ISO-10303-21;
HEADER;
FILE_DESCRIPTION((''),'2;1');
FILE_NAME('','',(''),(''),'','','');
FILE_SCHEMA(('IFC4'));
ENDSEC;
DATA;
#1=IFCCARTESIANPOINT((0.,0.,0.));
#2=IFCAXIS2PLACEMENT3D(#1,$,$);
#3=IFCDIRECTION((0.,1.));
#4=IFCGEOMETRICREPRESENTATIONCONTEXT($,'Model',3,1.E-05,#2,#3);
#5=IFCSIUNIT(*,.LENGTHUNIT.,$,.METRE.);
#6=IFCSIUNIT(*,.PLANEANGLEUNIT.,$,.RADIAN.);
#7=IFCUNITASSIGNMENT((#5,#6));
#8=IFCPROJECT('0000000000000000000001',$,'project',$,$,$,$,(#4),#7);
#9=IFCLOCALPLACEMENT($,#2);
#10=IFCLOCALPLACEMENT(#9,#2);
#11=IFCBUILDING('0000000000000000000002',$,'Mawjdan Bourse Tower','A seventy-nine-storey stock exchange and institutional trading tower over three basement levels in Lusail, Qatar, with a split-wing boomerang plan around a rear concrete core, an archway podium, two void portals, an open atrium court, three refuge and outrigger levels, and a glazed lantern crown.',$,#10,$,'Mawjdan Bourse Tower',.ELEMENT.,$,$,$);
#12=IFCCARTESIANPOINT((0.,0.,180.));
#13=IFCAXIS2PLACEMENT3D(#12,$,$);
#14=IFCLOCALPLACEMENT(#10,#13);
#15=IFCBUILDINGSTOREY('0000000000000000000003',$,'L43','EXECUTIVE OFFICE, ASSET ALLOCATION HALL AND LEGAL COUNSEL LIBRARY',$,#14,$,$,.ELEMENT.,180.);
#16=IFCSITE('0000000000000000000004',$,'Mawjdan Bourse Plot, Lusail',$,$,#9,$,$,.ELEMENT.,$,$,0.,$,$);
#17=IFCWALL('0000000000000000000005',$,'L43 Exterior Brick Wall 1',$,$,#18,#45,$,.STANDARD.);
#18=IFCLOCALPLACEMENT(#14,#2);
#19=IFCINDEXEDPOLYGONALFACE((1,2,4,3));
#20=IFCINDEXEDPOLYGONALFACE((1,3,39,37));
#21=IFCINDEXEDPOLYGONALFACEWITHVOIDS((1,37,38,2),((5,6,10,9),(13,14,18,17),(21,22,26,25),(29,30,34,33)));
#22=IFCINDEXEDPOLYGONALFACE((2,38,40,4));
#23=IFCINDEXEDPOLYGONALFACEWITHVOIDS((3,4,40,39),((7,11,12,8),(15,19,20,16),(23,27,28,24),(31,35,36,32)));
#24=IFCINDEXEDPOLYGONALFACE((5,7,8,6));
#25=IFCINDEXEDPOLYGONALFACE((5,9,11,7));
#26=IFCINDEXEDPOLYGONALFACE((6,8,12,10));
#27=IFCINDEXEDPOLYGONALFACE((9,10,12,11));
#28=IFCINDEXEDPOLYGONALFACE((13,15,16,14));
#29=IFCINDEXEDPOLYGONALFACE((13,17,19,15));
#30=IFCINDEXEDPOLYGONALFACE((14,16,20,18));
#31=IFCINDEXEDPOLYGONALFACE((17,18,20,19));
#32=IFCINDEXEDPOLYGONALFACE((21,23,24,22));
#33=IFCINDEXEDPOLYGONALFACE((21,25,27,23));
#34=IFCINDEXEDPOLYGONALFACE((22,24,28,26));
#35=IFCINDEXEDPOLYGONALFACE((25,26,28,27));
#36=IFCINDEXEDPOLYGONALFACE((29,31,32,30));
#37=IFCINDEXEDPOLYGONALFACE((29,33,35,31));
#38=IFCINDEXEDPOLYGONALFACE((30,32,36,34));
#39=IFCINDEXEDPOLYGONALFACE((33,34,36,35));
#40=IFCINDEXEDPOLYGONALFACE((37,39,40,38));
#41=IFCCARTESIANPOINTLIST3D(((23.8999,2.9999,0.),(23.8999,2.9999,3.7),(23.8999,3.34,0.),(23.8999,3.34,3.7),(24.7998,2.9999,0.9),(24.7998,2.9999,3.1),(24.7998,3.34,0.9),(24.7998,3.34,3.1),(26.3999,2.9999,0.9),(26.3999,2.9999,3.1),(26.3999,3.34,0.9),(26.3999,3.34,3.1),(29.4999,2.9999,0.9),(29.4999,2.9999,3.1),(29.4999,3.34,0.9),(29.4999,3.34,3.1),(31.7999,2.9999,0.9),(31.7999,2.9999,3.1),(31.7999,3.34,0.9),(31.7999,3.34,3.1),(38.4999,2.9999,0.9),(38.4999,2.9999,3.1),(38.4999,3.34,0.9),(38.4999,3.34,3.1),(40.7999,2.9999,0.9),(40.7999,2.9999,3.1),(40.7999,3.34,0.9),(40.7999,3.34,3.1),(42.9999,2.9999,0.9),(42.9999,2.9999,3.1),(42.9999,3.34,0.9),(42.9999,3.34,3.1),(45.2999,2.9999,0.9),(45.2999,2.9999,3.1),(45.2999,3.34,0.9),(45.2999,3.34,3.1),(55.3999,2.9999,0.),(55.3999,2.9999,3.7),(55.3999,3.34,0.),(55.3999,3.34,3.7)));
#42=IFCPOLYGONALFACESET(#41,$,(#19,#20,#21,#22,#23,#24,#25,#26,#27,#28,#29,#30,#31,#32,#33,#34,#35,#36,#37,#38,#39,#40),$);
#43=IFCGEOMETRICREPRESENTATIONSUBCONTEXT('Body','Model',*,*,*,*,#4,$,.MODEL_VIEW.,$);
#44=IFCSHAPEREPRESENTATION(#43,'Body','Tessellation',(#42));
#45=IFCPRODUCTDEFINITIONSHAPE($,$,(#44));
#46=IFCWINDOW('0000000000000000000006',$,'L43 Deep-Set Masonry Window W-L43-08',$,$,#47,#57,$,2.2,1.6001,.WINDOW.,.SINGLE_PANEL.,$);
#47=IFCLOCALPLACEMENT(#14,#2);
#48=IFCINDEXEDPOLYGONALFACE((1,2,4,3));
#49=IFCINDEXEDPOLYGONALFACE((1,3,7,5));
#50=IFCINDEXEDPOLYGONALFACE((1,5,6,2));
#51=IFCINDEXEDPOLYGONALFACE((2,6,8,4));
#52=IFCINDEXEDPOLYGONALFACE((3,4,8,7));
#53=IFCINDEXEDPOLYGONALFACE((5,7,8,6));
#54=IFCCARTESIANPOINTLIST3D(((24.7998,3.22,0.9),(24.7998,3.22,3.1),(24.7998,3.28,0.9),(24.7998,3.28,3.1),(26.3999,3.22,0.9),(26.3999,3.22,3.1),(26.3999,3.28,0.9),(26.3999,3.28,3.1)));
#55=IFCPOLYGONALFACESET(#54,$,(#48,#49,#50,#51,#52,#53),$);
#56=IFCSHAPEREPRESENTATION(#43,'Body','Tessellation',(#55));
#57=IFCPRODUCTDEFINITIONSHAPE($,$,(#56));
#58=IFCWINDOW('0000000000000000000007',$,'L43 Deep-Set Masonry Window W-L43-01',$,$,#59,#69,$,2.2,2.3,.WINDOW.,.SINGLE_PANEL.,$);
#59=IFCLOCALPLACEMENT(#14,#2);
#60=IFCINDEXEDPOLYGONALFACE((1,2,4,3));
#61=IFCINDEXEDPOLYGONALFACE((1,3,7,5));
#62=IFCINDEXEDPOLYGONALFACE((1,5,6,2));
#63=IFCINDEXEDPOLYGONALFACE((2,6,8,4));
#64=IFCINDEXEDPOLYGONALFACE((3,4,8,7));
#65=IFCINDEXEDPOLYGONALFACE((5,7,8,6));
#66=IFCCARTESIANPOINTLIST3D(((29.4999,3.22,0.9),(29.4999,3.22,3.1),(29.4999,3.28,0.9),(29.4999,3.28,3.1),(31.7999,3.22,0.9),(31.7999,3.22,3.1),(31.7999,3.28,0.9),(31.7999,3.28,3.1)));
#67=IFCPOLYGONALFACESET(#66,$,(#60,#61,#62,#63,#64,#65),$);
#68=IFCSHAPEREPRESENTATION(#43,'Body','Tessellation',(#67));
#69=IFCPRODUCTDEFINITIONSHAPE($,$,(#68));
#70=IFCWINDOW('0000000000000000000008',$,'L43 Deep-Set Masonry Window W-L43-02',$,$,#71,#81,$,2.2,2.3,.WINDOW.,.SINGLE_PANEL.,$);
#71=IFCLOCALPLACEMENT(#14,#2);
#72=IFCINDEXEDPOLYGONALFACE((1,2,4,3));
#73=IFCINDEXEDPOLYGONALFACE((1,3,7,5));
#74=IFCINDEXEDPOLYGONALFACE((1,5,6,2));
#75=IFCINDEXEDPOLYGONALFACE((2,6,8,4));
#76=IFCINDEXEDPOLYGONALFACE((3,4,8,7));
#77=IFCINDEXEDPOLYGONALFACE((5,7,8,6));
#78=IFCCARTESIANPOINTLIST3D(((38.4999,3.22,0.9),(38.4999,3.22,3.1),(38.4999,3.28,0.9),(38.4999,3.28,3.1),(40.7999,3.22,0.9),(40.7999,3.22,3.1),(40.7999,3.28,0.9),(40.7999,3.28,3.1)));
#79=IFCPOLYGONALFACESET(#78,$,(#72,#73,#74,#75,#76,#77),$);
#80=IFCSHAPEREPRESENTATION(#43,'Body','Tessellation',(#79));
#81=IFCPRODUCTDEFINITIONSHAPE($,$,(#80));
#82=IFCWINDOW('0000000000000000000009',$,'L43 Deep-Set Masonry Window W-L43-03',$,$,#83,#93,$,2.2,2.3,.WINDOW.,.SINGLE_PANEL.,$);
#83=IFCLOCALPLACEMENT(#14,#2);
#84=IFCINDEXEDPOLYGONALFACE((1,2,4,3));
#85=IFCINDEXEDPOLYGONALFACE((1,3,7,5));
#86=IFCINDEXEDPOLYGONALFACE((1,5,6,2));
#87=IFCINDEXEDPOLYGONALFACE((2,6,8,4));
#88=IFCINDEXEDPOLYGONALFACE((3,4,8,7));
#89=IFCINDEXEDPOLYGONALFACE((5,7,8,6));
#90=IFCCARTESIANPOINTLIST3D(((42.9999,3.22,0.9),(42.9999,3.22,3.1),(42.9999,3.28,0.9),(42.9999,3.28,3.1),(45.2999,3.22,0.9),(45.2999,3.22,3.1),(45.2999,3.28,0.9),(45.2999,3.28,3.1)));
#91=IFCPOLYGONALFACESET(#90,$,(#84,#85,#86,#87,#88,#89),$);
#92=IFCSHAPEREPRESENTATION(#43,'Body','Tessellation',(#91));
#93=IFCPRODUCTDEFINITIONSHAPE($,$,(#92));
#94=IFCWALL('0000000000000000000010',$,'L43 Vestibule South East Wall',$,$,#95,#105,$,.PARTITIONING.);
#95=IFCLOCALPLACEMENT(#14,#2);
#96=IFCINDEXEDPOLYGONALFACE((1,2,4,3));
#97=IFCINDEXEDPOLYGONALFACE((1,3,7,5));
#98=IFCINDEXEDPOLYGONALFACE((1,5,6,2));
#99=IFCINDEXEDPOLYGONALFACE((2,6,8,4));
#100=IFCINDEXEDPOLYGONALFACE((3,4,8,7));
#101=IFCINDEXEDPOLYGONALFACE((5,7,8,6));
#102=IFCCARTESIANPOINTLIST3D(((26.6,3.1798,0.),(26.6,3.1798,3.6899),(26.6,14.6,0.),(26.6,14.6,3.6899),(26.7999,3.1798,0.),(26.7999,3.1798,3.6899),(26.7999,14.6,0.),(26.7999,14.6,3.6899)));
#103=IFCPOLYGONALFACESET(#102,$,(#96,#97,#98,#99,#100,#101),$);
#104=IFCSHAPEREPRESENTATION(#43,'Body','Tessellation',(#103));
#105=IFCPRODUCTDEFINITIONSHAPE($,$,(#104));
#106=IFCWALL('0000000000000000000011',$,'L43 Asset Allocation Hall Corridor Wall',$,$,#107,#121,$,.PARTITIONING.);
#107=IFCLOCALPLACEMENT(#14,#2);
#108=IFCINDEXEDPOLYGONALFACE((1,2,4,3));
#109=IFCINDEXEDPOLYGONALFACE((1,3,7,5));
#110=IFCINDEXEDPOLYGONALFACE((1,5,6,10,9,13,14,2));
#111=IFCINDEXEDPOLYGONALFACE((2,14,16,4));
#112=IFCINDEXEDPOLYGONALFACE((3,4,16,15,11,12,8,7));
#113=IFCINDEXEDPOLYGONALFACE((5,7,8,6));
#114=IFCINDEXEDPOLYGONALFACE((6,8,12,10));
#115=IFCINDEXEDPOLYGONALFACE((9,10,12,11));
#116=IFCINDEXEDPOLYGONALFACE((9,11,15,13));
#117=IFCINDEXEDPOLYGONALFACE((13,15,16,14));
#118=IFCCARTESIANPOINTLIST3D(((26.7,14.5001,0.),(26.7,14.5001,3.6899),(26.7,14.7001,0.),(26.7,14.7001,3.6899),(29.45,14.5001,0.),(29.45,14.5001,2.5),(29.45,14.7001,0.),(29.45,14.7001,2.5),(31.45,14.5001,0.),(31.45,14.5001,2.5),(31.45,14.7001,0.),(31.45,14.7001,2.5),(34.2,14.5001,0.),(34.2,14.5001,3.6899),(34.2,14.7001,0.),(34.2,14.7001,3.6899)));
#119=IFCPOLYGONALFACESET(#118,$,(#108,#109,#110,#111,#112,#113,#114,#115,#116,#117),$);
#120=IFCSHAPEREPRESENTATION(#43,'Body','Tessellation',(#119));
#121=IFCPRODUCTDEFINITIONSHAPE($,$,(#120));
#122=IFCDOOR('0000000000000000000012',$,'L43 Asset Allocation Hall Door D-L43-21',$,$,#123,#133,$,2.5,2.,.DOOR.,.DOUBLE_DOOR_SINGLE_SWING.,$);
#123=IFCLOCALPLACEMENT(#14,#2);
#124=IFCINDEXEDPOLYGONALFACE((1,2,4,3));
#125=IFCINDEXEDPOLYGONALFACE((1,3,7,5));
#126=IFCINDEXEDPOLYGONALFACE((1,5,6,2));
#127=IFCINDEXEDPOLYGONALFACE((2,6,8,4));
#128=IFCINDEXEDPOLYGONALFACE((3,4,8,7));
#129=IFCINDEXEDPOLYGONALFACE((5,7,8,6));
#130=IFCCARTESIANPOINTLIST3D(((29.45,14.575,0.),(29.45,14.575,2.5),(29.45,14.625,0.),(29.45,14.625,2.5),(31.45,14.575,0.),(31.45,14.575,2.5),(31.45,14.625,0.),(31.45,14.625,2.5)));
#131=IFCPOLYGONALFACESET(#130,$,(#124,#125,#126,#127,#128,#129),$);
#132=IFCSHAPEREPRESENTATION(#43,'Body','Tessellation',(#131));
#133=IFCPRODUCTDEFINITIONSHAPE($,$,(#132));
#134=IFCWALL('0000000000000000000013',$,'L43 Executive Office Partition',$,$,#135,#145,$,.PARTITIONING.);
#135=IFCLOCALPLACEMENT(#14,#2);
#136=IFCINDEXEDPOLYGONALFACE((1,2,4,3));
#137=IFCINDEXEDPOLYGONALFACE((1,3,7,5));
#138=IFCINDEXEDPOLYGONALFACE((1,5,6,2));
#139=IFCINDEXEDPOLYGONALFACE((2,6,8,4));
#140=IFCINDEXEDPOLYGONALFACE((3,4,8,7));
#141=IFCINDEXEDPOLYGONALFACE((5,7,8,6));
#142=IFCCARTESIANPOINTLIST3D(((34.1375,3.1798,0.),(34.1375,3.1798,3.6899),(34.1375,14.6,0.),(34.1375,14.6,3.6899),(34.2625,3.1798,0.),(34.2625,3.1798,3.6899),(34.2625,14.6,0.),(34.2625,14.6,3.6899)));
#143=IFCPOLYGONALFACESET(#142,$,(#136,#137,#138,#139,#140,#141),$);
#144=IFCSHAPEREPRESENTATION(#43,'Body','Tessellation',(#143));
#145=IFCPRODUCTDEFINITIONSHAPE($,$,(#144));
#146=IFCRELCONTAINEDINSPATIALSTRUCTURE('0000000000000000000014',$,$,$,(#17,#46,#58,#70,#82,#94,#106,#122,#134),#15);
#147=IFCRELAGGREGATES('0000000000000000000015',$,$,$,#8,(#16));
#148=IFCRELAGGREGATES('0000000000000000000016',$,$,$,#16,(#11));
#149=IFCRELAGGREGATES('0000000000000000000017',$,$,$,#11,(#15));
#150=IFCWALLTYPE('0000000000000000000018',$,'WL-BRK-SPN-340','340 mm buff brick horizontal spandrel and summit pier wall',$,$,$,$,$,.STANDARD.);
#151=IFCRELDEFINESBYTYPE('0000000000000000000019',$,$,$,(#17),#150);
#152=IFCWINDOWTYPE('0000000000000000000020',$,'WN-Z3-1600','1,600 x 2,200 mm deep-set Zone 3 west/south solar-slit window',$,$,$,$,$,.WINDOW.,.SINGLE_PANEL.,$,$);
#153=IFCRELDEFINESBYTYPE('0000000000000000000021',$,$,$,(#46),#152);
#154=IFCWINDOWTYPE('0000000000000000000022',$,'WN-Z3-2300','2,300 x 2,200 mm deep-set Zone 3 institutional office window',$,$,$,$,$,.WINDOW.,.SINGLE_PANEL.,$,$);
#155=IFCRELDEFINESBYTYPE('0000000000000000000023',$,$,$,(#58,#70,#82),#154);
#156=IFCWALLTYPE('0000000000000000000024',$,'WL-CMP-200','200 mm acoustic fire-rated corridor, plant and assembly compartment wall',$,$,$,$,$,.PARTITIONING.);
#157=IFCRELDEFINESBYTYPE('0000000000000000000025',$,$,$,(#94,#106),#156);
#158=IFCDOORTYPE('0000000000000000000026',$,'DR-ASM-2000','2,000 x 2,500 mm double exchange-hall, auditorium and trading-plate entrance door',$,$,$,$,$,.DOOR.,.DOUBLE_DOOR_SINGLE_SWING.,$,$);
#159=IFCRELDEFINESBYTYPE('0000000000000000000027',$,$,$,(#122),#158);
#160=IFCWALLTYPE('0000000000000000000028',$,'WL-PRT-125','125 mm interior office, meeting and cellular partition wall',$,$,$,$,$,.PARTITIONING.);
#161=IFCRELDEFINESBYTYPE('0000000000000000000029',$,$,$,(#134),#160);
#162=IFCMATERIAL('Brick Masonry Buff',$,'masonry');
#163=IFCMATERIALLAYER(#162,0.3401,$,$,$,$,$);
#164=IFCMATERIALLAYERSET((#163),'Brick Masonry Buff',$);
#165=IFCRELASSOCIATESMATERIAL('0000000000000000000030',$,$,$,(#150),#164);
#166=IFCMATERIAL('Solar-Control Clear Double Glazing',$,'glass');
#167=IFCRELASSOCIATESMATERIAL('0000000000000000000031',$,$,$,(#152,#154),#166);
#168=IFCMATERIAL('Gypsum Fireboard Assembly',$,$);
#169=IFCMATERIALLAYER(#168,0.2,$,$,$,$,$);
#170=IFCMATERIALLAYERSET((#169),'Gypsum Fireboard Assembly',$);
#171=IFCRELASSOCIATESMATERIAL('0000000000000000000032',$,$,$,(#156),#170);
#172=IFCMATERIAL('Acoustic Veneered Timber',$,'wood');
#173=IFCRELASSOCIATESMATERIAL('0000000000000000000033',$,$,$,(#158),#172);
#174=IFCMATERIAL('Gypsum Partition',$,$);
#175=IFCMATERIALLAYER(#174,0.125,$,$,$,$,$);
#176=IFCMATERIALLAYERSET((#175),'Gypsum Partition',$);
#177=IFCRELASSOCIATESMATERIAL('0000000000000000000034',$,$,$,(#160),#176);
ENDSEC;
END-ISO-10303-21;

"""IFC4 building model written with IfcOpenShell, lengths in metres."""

from ifc_helpers import new_model, si_unit, direction, frame, frame_2d, origin, place, context, subcontext, project, spatial, rectangle, extrude, material, layer, layer_set, type_object, element, fill, save


model = new_model("IFC4")

# Units and contexts
model_context = context("Model", 3, precision=1e-05, world=origin(), true_north=direction((0.0, 1.0)))
body_context = subcontext(model_context, "Body", "Model", "MODEL_VIEW")
ifc_project = project(units=[si_unit("LENGTHUNIT", "METRE"), si_unit("PLANEANGLEUNIT", "RADIAN")], contexts=[model_context])

# Site, building, storey
site_placement = place(None, origin())
site = spatial("IfcSite", under=ifc_project, at=site_placement, Name="Mawjdan Bourse Plot, Lusail", CompositionType="ELEMENT", RefElevation=0.0)
building_placement = place(site_placement, origin())
building = spatial("IfcBuilding", under=site, at=building_placement, Name="Mawjdan Bourse Tower", Description="A seventy-nine-storey stock exchange and institutional trading tower over three basement levels in Lusail, Qatar, with a split-wing boomerang plan around a rear concrete core, an archway podium, two void portals, an open atrium court, three refuge and outrigger levels, and a glazed lantern crown.", LongName="Mawjdan Bourse Tower", CompositionType="ELEMENT")
storey_placement = place(building_placement, frame((0.0, 0.0, 180.0)))
storey = spatial("IfcBuildingStorey", under=building, at=storey_placement, Name="L43", Description="EXECUTIVE OFFICE, ASSET ALLOCATION HALL AND LEGAL COUNSEL LIBRARY", CompositionType="ELEMENT", Elevation=180.0)

# Wall, openings, windows
ifc_material_1 = material(Name="Brick Masonry Buff", Category="masonry")
ifc_layer_1 = layer(ifc_material_1, 0.3401)
ifc_layer_set_1 = layer_set([ifc_layer_1], Name="Brick Masonry Buff")
wall_type_1 = type_object("IfcWallType", Name="WL-BRK-SPN-340", Description="340 mm buff brick horizontal spandrel and summit pier wall", PredefinedType="STANDARD", material=ifc_layer_set_1)
wall_1_placement = place(storey_placement, frame((23.8999, 3.1699, 0.0), z_axis=(0.0, 0.0, 1.0), x_axis=(1.0, 0.0, 0.0)))
wall_1 = element("IfcWall", 1, at=wall_1_placement, inside=storey, type_object=wall_type_1, Name="L43 Exterior Brick Wall 1", PredefinedType="STANDARD", context=body_context, shape_type="SweptSolid", body=[
    extrude(rectangle(XDim=31.5, YDim=0.3401, at=frame_2d((15.75, 0.0))), origin(), (0.0, 0.0, 1.0), 3.7),
])
opening_1_placement = place(wall_1_placement, frame((5.6001, 0.0, 0.8999)))
opening_1 = element("IfcOpeningElement", 2, at=opening_1_placement, cuts=wall_1, PredefinedType="OPENING", context=body_context, shape_type="SweptSolid", body=[
    extrude(rectangle(XDim=2.3, YDim=2.2, at=frame_2d((1.1499, 1.1001))), frame((0.0, 0.1802, 0.0), z_axis=(0.0, -1.0, 0.0), x_axis=(1.0, 0.0, 0.0)), (0.0, 0.0, 1.0), 0.3601),
])
opening_2_placement = place(wall_1_placement, frame((14.6001, 0.0, 0.8999)))
opening_2 = element("IfcOpeningElement", 3, at=opening_2_placement, cuts=wall_1, PredefinedType="OPENING", context=body_context, shape_type="SweptSolid", body=[
    extrude(rectangle(XDim=2.3, YDim=2.2, at=frame_2d((1.1499, 1.1001))), frame((0.0, 0.1802, 0.0), z_axis=(0.0, -1.0, 0.0), x_axis=(1.0, 0.0, 0.0)), (0.0, 0.0, 1.0), 0.3601),
])
opening_3_placement = place(wall_1_placement, frame((19.1001, 0.0, 0.8999)))
opening_3 = element("IfcOpeningElement", 4, at=opening_3_placement, cuts=wall_1, PredefinedType="OPENING", context=body_context, shape_type="SweptSolid", body=[
    extrude(rectangle(XDim=2.3, YDim=2.2, at=frame_2d((1.1499, 1.1001))), frame((0.0, 0.1802, 0.0), z_axis=(0.0, -1.0, 0.0), x_axis=(1.0, 0.0, 0.0)), (0.0, 0.0, 1.0), 0.3601),
])
opening_4_placement = place(wall_1_placement, frame((0.8999, 0.0, 0.8999)))
opening_4 = element("IfcOpeningElement", 5, at=opening_4_placement, cuts=wall_1, PredefinedType="OPENING", context=body_context, shape_type="SweptSolid", body=[
    extrude(rectangle(XDim=1.6001, YDim=2.2, at=frame_2d((0.8, 1.1001))), frame((0.0, 0.1802, 0.0), z_axis=(0.0, -1.0, 0.0), x_axis=(1.0, 0.0, 0.0)), (0.0, 0.0, 1.0), 0.3601),
])
ifc_material_2 = material(Name="Solar-Control Clear Double Glazing", Category="glass")
window_type_1 = type_object("IfcWindowType", Name="WN-Z3-1600", Description="1,600 x 2,200 mm deep-set Zone 3 west/south solar-slit window", PartitioningType="SINGLE_PANEL", PredefinedType="WINDOW", material=ifc_material_2)
window_1_placement = place(opening_4_placement, origin())
window_1 = element("IfcWindow", 6, at=window_1_placement, inside=storey, type_object=window_type_1, Name="L43 Deep-Set Masonry Window W-L43-08", OverallHeight=2.2, OverallWidth=1.6001, PartitioningType="SINGLE_PANEL", PredefinedType="WINDOW", context=body_context, shape_type="SweptSolid", body=[
    extrude(rectangle(XDim=1.6001, YDim=2.2, at=frame_2d((0.8, 1.1001))), frame((0.0, 0.1101, 0.0), z_axis=(0.0, -1.0, 0.0), x_axis=(1.0, 0.0, 0.0)), (0.0, 0.0, 1.0), 0.0601),
])
fill(opening_4, window_1)
window_type_2 = type_object("IfcWindowType", Name="WN-Z3-2300", Description="2,300 x 2,200 mm deep-set Zone 3 institutional office window", PartitioningType="SINGLE_PANEL", PredefinedType="WINDOW", material=ifc_material_2)
window_2_placement = place(opening_1_placement, origin())
window_2 = element("IfcWindow", 7, at=window_2_placement, inside=storey, type_object=window_type_2, Name="L43 Deep-Set Masonry Window W-L43-01", OverallHeight=2.2, OverallWidth=2.3, PartitioningType="SINGLE_PANEL", PredefinedType="WINDOW", context=body_context, shape_type="SweptSolid", body=[
    extrude(rectangle(XDim=2.3, YDim=2.2, at=frame_2d((1.1499, 1.1001))), frame((0.0, 0.1101, 0.0), z_axis=(0.0, -1.0, 0.0), x_axis=(1.0, 0.0, 0.0)), (0.0, 0.0, 1.0), 0.0601),
])
fill(opening_1, window_2)
window_3_placement = place(opening_2_placement, origin())
window_3 = element("IfcWindow", 8, at=window_3_placement, inside=storey, type_object=window_type_2, Name="L43 Deep-Set Masonry Window W-L43-02", OverallHeight=2.2, OverallWidth=2.3, PartitioningType="SINGLE_PANEL", PredefinedType="WINDOW", context=body_context, shape_type="SweptSolid", body=[
    extrude(rectangle(XDim=2.3, YDim=2.2, at=frame_2d((1.1499, 1.1001))), frame((0.0, 0.1101, 0.0), z_axis=(0.0, -1.0, 0.0), x_axis=(1.0, 0.0, 0.0)), (0.0, 0.0, 1.0), 0.0601),
])
fill(opening_2, window_3)
window_4_placement = place(opening_3_placement, origin())
window_4 = element("IfcWindow", 9, at=window_4_placement, inside=storey, type_object=window_type_2, Name="L43 Deep-Set Masonry Window W-L43-03", OverallHeight=2.2, OverallWidth=2.3, PartitioningType="SINGLE_PANEL", PredefinedType="WINDOW", context=body_context, shape_type="SweptSolid", body=[
    extrude(rectangle(XDim=2.3, YDim=2.2, at=frame_2d((1.1499, 1.1001))), frame((0.0, 0.1101, 0.0), z_axis=(0.0, -1.0, 0.0), x_axis=(1.0, 0.0, 0.0)), (0.0, 0.0, 1.0), 0.0601),
])
fill(opening_3, window_4)

# Shared definitions
ifc_material_3 = material(Name="Gypsum Fireboard Assembly")
ifc_layer_2 = layer(ifc_material_3, 0.2)
ifc_layer_set_2 = layer_set([ifc_layer_2], Name="Gypsum Fireboard Assembly")
wall_type_2 = type_object("IfcWallType", Name="WL-CMP-200", Description="200 mm acoustic fire-rated corridor, plant and assembly compartment wall", PredefinedType="PARTITIONING", material=ifc_layer_set_2)

# Wall
wall_2_placement = place(storey_placement, frame((26.7, 3.1799, 0.0), z_axis=(0.0, 0.0, 1.0), x_axis=(0.0, 1.0, 0.0)))
element("IfcWall", 10, at=wall_2_placement, inside=storey, type_object=wall_type_2, Name="L43 Vestibule South East Wall", PredefinedType="PARTITIONING", context=body_context, shape_type="SweptSolid", body=[
    extrude(rectangle(XDim=11.4202, YDim=0.2, at=frame_2d((5.71, 0.0))), origin(), (0.0, 0.0, 1.0), 3.6899),
])

# Wall, opening, door
wall_3_placement = place(storey_placement, frame((26.7, 14.6001, 0.0), z_axis=(0.0, 0.0, 1.0), x_axis=(1.0, 0.0, 0.0)))
wall_3 = element("IfcWall", 11, at=wall_3_placement, inside=storey, type_object=wall_type_2, Name="L43 Asset Allocation Hall Corridor Wall", PredefinedType="PARTITIONING", context=body_context, shape_type="SweptSolid", body=[
    extrude(rectangle(XDim=7.5, YDim=0.2, at=frame_2d((3.75, 0.0))), origin(), (0.0, 0.0, 1.0), 3.6899),
])
opening_5_placement = place(wall_3_placement, frame((2.75, 0.0, 0.0)))
opening_5 = element("IfcOpeningElement", 12, at=opening_5_placement, cuts=wall_3, PredefinedType="OPENING", context=body_context, shape_type="SweptSolid", body=[
    extrude(rectangle(XDim=2.0, YDim=2.5, at=frame_2d((1.0, 1.25))), frame((0.0, 0.1099, 0.0), z_axis=(0.0, -1.0, 0.0), x_axis=(1.0, 0.0, 0.0)), (0.0, 0.0, 1.0), 0.22),
])
ifc_material_4 = material(Name="Acoustic Veneered Timber", Category="wood")
door_type_1 = type_object("IfcDoorType", Name="DR-ASM-2000", Description="2,000 x 2,500 mm double exchange-hall, auditorium and trading-plate entrance door", OperationType="DOUBLE_DOOR_SINGLE_SWING", PredefinedType="DOOR", material=ifc_material_4)
door_1_placement = place(opening_5_placement, origin())
door_1 = element("IfcDoor", 13, at=door_1_placement, inside=storey, type_object=door_type_1, Name="L43 Asset Allocation Hall Door D-L43-21", OperationType="DOUBLE_DOOR_SINGLE_SWING", OverallHeight=2.5, OverallWidth=2.0, PredefinedType="DOOR", context=body_context, shape_type="SweptSolid", body=[
    extrude(rectangle(XDim=2.0, YDim=2.5, at=frame_2d((1.0, 1.25))), frame((0.0, 0.0249, 0.0), z_axis=(0.0, -1.0, 0.0), x_axis=(1.0, 0.0, 0.0)), (0.0, 0.0, 1.0), 0.05),
])
fill(opening_5, door_1)

# Wall
ifc_material_5 = material(Name="Gypsum Partition")
ifc_layer_3 = layer(ifc_material_5, 0.125)
ifc_layer_set_3 = layer_set([ifc_layer_3], Name="Gypsum Partition")
wall_type_3 = type_object("IfcWallType", Name="WL-PRT-125", Description="125 mm interior office, meeting and cellular partition wall", PredefinedType="PARTITIONING", material=ifc_layer_set_3)
wall_4_placement = place(storey_placement, frame((34.2, 3.1799, 0.0), z_axis=(0.0, 0.0, 1.0), x_axis=(0.0, 1.0, 0.0)))
element("IfcWall", 14, at=wall_4_placement, inside=storey, type_object=wall_type_3, Name="L43 Executive Office Partition", PredefinedType="PARTITIONING", context=body_context, shape_type="SweptSolid", body=[
    extrude(rectangle(XDim=11.4202, YDim=0.125, at=frame_2d((5.71, 0.0))), origin(), (0.0, 0.0, 1.0), 3.6899),
])

save(model, "model.ifc")
